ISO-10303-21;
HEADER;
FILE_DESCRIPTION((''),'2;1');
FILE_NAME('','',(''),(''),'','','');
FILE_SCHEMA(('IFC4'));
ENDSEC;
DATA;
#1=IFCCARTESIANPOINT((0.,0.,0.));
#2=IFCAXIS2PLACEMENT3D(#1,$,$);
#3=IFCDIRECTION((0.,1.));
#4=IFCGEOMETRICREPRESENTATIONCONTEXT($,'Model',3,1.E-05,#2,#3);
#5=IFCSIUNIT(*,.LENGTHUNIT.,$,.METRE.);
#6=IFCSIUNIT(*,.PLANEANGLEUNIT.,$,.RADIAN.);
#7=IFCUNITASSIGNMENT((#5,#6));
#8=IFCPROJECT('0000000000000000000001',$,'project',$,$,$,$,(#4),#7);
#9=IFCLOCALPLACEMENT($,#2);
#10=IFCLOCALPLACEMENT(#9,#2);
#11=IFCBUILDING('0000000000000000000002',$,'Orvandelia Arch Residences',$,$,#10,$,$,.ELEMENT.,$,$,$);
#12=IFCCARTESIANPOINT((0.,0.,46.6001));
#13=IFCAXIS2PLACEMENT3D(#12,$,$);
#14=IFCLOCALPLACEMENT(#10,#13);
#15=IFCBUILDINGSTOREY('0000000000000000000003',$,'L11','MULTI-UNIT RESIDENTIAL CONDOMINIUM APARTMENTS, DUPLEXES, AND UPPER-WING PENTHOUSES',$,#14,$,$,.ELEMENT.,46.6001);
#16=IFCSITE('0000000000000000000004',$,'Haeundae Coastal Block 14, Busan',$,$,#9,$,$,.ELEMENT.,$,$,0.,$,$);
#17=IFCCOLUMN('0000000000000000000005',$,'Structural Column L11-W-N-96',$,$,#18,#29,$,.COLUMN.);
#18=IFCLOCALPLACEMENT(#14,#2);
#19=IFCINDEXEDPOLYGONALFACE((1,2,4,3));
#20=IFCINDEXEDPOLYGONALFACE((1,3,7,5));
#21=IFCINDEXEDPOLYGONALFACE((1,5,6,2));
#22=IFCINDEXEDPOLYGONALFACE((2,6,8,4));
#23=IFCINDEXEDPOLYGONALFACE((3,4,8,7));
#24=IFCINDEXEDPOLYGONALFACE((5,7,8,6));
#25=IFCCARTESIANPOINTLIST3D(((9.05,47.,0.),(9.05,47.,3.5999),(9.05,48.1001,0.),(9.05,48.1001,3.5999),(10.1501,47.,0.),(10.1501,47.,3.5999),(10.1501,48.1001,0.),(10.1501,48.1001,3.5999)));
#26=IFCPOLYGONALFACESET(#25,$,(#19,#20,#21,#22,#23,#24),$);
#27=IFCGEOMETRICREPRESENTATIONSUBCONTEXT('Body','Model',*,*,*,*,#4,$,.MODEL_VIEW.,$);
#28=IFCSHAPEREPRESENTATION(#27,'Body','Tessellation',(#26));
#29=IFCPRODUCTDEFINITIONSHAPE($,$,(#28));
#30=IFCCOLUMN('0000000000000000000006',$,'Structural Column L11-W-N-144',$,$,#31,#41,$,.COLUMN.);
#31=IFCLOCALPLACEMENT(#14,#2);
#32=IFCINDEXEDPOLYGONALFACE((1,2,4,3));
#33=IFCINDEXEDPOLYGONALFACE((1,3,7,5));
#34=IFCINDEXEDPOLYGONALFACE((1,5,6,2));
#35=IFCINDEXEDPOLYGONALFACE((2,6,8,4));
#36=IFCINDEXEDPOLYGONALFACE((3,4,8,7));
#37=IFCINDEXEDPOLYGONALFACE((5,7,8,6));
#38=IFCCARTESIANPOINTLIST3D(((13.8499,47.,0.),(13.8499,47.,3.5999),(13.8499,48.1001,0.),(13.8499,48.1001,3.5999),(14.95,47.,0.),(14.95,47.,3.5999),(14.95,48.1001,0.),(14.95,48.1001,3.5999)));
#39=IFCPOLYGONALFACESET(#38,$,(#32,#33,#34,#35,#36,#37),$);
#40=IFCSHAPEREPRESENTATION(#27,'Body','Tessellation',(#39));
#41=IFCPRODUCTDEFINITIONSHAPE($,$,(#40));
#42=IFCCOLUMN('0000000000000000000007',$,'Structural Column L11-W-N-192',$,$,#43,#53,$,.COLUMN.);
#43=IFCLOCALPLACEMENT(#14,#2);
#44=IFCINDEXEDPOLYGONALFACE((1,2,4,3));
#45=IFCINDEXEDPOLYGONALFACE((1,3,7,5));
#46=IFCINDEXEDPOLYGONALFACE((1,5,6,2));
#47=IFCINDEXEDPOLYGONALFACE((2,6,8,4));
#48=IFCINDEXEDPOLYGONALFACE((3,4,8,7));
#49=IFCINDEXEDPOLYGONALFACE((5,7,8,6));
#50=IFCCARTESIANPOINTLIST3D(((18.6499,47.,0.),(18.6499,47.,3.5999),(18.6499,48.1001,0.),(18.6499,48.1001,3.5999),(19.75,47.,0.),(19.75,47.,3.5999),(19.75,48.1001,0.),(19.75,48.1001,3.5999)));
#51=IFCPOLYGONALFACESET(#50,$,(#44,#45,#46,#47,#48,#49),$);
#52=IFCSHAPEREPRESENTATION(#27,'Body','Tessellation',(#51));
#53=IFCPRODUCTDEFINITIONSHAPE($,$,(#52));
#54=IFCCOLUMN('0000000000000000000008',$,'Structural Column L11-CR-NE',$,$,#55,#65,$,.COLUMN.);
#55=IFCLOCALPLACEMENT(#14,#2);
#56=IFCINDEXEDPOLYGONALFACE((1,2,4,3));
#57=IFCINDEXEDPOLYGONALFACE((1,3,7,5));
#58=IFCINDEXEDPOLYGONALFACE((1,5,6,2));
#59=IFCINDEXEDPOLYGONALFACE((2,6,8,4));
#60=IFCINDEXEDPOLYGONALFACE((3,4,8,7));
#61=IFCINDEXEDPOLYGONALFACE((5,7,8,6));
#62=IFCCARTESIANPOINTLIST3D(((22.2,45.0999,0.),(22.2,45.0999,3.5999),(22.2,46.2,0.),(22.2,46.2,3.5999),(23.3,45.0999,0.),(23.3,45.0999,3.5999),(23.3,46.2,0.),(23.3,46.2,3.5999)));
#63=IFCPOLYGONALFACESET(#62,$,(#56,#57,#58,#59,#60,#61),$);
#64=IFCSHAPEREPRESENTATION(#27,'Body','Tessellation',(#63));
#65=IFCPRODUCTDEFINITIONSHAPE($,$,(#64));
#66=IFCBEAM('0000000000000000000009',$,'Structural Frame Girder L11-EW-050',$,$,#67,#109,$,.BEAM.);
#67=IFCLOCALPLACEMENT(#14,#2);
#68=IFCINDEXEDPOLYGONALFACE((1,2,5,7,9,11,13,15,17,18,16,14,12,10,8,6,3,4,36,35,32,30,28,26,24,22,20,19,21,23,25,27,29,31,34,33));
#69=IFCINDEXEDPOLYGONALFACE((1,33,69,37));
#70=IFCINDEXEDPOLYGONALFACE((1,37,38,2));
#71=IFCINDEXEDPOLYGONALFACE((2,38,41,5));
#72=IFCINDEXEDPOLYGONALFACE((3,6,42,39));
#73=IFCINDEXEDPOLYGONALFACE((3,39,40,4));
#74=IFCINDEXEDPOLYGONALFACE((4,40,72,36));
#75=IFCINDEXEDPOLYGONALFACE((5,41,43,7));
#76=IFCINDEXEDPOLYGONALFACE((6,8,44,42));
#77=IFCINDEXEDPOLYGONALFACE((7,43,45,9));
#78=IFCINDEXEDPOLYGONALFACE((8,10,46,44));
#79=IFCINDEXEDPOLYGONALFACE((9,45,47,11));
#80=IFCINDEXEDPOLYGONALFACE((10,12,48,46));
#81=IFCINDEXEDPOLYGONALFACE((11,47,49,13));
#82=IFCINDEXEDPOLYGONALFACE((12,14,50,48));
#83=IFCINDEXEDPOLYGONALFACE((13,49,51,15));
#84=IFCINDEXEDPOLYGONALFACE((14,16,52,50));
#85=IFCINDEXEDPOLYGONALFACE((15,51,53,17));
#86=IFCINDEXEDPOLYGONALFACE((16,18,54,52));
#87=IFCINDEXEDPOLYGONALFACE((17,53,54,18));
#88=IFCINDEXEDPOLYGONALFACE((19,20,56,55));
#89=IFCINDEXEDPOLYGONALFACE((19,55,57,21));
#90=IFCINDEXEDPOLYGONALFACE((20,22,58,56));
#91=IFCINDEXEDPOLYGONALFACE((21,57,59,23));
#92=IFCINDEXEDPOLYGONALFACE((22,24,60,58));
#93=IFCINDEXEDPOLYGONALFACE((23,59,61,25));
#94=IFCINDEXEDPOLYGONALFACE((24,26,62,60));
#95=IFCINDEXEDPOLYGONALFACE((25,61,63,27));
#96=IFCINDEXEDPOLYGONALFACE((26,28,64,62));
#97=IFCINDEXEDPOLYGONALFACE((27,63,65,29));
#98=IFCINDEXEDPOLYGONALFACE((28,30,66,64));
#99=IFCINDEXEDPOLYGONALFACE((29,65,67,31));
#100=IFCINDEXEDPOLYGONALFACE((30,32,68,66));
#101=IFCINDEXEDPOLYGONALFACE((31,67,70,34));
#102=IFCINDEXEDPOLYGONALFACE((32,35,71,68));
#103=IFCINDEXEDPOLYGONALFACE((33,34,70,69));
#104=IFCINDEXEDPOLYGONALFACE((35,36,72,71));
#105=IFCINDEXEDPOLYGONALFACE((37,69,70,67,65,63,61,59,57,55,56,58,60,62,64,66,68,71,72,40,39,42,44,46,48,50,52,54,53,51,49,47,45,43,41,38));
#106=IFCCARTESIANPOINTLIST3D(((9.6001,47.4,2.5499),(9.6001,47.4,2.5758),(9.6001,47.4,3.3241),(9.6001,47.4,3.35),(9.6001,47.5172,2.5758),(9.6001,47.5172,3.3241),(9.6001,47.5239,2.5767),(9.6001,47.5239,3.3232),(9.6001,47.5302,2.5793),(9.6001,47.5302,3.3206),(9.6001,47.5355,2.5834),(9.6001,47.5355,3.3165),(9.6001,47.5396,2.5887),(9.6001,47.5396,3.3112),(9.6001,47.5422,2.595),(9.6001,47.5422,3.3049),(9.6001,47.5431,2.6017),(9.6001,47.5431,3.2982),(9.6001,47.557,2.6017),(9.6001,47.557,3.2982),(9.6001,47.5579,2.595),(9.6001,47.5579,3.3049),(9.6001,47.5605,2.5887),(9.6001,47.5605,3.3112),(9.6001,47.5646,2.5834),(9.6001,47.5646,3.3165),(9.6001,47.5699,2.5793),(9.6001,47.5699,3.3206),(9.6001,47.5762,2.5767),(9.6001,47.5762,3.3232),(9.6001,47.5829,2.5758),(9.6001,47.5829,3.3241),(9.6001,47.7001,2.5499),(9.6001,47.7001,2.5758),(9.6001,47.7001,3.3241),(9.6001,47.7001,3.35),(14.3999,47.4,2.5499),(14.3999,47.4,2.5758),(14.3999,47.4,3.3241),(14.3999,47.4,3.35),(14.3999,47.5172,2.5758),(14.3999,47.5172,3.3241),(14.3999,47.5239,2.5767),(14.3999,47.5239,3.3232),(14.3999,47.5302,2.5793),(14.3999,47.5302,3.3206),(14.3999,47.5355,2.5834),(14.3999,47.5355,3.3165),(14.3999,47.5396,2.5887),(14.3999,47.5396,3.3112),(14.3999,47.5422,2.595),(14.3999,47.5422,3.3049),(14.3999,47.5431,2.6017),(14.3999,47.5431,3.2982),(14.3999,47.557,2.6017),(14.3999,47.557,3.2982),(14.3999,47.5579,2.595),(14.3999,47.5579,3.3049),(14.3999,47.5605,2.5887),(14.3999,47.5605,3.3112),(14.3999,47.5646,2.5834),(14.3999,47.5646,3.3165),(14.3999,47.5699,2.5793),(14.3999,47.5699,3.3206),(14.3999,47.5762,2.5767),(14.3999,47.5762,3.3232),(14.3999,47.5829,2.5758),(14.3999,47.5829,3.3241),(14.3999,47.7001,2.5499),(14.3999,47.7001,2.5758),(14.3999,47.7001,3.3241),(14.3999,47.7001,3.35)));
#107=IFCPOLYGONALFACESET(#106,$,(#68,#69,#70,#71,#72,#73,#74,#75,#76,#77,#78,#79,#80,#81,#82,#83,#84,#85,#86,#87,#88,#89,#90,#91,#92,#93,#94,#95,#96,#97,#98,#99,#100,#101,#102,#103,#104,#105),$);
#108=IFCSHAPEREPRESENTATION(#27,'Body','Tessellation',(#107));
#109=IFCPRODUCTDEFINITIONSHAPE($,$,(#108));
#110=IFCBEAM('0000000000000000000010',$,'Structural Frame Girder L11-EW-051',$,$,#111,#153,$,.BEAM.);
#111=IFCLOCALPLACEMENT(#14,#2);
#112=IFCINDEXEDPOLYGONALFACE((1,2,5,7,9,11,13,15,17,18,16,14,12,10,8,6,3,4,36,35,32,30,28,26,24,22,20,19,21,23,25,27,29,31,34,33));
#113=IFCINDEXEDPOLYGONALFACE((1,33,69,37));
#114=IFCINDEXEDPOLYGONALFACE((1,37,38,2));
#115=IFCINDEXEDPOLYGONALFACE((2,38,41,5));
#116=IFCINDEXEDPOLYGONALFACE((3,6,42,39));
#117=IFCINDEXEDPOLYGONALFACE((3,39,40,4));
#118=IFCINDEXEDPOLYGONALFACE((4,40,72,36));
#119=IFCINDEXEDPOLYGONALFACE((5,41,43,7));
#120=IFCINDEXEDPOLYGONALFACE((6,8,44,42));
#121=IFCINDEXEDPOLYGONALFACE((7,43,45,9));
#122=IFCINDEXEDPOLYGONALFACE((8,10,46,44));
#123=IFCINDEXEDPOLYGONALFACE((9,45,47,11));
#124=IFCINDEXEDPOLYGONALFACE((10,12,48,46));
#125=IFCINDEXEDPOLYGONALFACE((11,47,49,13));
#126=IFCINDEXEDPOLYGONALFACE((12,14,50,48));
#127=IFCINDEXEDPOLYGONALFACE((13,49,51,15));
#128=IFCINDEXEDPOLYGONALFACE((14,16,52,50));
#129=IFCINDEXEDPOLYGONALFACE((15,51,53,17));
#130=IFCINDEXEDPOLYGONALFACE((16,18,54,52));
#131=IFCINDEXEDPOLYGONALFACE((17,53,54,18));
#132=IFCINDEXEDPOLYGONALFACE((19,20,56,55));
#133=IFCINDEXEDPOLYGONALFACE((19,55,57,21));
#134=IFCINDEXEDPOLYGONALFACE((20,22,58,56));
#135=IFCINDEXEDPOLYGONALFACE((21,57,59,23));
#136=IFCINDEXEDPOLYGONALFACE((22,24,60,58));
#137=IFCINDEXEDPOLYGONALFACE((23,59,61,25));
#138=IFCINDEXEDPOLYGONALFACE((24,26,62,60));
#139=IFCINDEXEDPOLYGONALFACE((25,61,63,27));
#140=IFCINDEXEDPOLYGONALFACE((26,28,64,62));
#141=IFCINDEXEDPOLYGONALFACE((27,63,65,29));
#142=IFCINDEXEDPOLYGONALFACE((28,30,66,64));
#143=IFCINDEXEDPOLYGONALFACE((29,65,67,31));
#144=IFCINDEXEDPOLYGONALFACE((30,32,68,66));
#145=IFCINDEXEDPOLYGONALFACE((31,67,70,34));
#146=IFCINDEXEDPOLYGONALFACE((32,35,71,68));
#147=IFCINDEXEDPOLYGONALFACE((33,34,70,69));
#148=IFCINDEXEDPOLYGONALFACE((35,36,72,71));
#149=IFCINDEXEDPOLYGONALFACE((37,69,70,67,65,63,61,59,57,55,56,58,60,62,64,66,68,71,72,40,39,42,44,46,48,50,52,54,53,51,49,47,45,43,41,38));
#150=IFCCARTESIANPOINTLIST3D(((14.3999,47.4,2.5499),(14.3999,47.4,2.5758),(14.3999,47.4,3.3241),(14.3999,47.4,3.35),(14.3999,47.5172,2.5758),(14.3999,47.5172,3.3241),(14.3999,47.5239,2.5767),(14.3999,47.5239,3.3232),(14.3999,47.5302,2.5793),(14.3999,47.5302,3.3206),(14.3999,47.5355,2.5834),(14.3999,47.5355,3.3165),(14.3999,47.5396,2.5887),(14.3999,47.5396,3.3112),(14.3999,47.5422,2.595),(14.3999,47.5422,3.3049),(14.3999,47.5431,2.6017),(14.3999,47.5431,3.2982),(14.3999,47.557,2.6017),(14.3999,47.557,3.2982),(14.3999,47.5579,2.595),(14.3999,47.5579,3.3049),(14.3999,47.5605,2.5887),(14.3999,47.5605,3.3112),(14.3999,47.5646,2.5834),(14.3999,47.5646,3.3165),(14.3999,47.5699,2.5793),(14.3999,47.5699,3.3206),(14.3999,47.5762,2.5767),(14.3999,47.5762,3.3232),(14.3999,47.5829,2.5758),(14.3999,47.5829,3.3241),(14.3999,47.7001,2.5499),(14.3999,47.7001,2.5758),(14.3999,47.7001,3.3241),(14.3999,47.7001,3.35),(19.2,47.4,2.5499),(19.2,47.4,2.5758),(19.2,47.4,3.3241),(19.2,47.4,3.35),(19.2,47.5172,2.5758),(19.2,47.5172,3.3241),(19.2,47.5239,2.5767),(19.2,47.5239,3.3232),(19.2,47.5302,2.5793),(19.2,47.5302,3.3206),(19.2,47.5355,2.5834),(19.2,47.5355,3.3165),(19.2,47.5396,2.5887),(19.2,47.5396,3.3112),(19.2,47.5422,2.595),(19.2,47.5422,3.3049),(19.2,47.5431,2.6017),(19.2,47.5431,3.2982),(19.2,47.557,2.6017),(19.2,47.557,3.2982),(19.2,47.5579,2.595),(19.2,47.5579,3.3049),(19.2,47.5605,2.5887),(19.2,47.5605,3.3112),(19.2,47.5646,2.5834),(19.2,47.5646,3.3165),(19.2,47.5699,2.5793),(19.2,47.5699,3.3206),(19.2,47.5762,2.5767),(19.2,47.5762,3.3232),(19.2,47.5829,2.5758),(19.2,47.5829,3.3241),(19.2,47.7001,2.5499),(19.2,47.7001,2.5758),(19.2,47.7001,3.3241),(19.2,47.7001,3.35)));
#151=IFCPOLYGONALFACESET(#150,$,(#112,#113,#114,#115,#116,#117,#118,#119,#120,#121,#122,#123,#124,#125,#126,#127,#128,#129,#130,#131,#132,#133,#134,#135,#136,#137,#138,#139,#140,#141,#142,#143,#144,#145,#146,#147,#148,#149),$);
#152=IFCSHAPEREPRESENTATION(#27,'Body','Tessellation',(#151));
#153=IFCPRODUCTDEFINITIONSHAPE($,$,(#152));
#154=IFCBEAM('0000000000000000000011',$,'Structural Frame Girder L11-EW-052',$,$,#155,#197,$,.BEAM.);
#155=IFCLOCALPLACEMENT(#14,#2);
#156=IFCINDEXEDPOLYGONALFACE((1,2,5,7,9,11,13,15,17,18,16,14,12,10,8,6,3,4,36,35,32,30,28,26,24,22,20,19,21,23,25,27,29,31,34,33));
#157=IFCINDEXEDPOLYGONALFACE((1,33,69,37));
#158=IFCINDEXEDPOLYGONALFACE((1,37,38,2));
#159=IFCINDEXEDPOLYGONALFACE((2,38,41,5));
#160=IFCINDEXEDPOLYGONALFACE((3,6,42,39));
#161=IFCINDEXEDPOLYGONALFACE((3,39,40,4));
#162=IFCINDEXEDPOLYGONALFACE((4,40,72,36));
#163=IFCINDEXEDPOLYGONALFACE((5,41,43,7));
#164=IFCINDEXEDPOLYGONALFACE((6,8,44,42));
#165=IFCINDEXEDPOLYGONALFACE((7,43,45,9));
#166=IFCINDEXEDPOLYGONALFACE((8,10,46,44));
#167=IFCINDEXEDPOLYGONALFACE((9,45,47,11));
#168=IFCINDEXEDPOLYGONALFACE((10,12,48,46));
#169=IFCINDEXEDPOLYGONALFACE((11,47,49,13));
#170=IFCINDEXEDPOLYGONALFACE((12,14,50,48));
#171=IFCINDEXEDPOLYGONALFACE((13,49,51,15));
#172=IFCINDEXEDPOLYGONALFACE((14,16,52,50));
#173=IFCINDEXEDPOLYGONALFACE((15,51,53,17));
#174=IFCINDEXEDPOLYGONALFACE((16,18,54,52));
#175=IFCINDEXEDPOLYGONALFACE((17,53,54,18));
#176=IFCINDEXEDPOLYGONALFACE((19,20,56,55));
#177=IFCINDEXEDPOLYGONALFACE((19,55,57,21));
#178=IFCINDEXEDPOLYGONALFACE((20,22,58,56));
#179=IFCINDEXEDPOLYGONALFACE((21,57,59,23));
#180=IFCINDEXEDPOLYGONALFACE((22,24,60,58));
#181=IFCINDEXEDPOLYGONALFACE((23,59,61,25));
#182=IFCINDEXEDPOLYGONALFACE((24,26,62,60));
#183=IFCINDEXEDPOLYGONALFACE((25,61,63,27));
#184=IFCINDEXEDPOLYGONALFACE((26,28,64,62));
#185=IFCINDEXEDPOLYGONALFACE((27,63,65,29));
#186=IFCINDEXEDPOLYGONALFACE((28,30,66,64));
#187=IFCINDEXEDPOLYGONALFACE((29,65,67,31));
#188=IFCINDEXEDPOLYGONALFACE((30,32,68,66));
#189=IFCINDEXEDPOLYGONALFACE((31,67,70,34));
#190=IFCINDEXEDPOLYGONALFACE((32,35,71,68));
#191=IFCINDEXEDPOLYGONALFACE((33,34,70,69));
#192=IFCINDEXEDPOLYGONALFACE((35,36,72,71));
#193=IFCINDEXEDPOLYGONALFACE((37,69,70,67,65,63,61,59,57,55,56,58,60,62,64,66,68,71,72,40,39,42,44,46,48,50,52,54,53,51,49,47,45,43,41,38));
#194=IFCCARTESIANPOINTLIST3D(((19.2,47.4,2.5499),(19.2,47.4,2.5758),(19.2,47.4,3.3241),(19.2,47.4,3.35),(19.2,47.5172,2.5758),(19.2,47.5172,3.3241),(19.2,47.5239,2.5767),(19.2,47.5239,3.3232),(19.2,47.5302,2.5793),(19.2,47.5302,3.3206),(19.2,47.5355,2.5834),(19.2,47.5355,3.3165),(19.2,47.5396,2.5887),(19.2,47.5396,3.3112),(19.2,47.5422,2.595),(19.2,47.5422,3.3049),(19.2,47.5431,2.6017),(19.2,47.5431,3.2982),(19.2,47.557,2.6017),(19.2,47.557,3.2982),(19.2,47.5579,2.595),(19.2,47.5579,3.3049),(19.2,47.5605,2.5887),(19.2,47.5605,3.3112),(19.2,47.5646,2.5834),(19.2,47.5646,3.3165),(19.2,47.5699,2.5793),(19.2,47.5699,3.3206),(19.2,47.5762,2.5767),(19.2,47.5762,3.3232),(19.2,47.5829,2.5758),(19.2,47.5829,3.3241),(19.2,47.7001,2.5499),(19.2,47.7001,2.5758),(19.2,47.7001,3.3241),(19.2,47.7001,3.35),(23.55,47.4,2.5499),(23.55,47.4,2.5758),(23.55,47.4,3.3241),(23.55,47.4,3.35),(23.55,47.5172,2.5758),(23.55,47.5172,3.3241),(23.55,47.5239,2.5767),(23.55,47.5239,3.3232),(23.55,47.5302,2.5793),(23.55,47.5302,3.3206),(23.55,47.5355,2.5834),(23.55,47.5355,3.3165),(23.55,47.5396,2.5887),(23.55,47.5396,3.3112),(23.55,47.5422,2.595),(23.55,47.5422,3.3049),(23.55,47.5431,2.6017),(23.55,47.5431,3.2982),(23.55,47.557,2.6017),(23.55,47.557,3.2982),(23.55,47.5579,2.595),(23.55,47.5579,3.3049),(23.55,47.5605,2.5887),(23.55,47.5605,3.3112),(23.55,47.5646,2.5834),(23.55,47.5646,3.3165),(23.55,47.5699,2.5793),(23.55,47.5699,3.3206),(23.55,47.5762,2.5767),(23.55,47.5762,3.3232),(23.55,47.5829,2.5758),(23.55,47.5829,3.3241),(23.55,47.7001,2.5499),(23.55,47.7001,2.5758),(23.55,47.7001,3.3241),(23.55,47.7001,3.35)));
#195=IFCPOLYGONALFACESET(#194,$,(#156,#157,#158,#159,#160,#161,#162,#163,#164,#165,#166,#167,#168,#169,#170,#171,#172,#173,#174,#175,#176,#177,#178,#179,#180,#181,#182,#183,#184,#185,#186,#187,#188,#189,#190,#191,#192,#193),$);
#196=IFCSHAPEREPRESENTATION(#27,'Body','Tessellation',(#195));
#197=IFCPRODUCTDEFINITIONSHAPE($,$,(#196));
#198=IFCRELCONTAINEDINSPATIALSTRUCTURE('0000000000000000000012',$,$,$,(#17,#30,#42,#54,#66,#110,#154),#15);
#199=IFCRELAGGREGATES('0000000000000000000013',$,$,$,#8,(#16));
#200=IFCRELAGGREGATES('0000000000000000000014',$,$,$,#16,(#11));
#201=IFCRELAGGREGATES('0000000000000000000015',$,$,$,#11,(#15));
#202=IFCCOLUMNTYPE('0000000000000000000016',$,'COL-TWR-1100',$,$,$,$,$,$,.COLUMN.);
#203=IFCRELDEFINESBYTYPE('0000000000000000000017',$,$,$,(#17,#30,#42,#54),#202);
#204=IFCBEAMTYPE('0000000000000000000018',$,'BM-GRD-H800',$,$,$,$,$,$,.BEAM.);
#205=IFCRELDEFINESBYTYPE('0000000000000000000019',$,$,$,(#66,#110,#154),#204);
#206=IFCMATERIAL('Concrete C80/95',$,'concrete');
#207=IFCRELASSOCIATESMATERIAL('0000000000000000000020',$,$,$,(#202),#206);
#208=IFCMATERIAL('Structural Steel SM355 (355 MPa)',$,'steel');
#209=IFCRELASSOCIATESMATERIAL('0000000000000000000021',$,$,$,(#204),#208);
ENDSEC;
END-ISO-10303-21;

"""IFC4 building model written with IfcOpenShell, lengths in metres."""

from ifc_helpers import new_model, si_unit, direction, frame, origin, origin_2d, place, context, subcontext, project, spatial, rectangle, i_section, extrude, material, material_profile, profile_set, type_object, element, save


model = new_model("IFC4")

# Units and contexts
model_context = context("Model", 3, precision=1e-05, world=origin(), true_north=direction((0.0, 1.0)))
body_context = subcontext(model_context, "Body", "Model", "MODEL_VIEW")
ifc_project = project(units=[si_unit("LENGTHUNIT", "METRE"), si_unit("PLANEANGLEUNIT", "RADIAN")], contexts=[model_context])

# Site, building, storey
site_placement = place(None, origin())
site = spatial("IfcSite", under=ifc_project, at=site_placement, Name="Haeundae Coastal Block 14, Busan", CompositionType="ELEMENT", RefElevation=0.0)
building_placement = place(site_placement, origin())
building = spatial("IfcBuilding", under=site, at=building_placement, Name="Orvandelia Arch Residences", CompositionType="ELEMENT")
storey_placement = place(building_placement, frame((0.0, 0.0, 46.6001)))
storey = spatial("IfcBuildingStorey", under=building, at=storey_placement, Name="L11", Description="MULTI-UNIT RESIDENTIAL CONDOMINIUM APARTMENTS, DUPLEXES, AND UPPER-WING PENTHOUSES", CompositionType="ELEMENT", Elevation=46.6001)

# Columns
ifc_material_1 = material(Name="Concrete C80/95", Category="concrete")
ifc_material_profile_1 = material_profile(ifc_material_1, rectangle(XDim=1.1001, YDim=1.1001, at=origin_2d()), Name="Concrete C80/95", Category="concrete")
ifc_profile_set_1 = profile_set([ifc_material_profile_1], Name="Concrete C80/95")
column_type = type_object("IfcColumnType", Name="COL-TWR-1100", PredefinedType="COLUMN", material=ifc_profile_set_1)
for number, where, z_axis, x_axis, name in (
    (1, (9.6001, 47.55, 0.0), (0.0, 0.0, 1.0), (1.0, 0.0, 0.0), "Structural Column L11-W-N-96"),
    (2, (14.3999, 47.55, 0.0), (0.0, 0.0, 1.0), (1.0, 0.0, 0.0), "Structural Column L11-W-N-144"),
    (3, (19.2, 47.55, 0.0), (0.0, 0.0, 1.0), (1.0, 0.0, 0.0), "Structural Column L11-W-N-192"),
    (4, (22.75, 45.6499, 0.0), (0.0, 0.0, 1.0), (1.0, 0.0, 0.0), "Structural Column L11-CR-NE"),
):
    element("IfcColumn", number, at=place(storey_placement, frame(where, z_axis=z_axis, x_axis=x_axis)), inside=storey, type_object=column_type, Name=name, PredefinedType="COLUMN", context=body_context, shape_type="SweptSolid", body=[
        extrude(rectangle(XDim=1.1001, YDim=1.1001, at=origin_2d()), origin(), (0.0, 0.0, 1.0), 3.5999),
    ])

# Beams
ifc_material_2 = material(Name="Structural Steel SM355 (355 MPa)", Category="steel")
ifc_material_profile_2 = material_profile(ifc_material_2, i_section(OverallWidth=0.3, OverallDepth=0.8, WebThickness=0.0139, FlangeThickness=0.0259, FilletRadius=0.0259, at=origin_2d()), Name="Structural Steel SM355 (355 MPa)", Category="steel")
ifc_profile_set_2 = profile_set([ifc_material_profile_2], Name="Structural Steel SM355 (355 MPa)")
beam_type = type_object("IfcBeamType", Name="BM-GRD-H800", PredefinedType="BEAM", material=ifc_profile_set_2)
beam_1_placement = place(storey_placement, frame((9.6001, 47.55, 2.95), z_axis=(1.0, 0.0, 0.0), x_axis=(0.0, 1.0, 0.0)))
element("IfcBeam", 5, at=beam_1_placement, inside=storey, type_object=beam_type, Name="Structural Frame Girder L11-EW-050", PredefinedType="BEAM", context=body_context, shape_type="SweptSolid", body=[
    extrude(i_section(OverallWidth=0.3, OverallDepth=0.8, WebThickness=0.0139, FlangeThickness=0.0259, FilletRadius=0.0259, at=origin_2d()), origin(), (0.0, 0.0, 1.0), 4.7998),
])
beam_2_placement = place(storey_placement, frame((14.3999, 47.55, 2.95), z_axis=(1.0, 0.0, 0.0), x_axis=(0.0, 1.0, 0.0)))
element("IfcBeam", 6, at=beam_2_placement, inside=storey, type_object=beam_type, Name="Structural Frame Girder L11-EW-051", PredefinedType="BEAM", context=body_context, shape_type="SweptSolid", body=[
    extrude(i_section(OverallWidth=0.3, OverallDepth=0.8, WebThickness=0.0139, FlangeThickness=0.0259, FilletRadius=0.0259, at=origin_2d()), origin(), (0.0, 0.0, 1.0), 4.8),
])
beam_3_placement = place(storey_placement, frame((19.2, 47.55, 2.95), z_axis=(1.0, 0.0, 0.0), x_axis=(0.0, 1.0, 0.0)))
element("IfcBeam", 7, at=beam_3_placement, inside=storey, type_object=beam_type, Name="Structural Frame Girder L11-EW-052", PredefinedType="BEAM", context=body_context, shape_type="SweptSolid", body=[
    extrude(i_section(OverallWidth=0.3, OverallDepth=0.8, WebThickness=0.0139, FlangeThickness=0.0259, FilletRadius=0.0259, at=origin_2d()), origin(), (0.0, 0.0, 1.0), 4.3501),
])

save(model, "model.ifc")
